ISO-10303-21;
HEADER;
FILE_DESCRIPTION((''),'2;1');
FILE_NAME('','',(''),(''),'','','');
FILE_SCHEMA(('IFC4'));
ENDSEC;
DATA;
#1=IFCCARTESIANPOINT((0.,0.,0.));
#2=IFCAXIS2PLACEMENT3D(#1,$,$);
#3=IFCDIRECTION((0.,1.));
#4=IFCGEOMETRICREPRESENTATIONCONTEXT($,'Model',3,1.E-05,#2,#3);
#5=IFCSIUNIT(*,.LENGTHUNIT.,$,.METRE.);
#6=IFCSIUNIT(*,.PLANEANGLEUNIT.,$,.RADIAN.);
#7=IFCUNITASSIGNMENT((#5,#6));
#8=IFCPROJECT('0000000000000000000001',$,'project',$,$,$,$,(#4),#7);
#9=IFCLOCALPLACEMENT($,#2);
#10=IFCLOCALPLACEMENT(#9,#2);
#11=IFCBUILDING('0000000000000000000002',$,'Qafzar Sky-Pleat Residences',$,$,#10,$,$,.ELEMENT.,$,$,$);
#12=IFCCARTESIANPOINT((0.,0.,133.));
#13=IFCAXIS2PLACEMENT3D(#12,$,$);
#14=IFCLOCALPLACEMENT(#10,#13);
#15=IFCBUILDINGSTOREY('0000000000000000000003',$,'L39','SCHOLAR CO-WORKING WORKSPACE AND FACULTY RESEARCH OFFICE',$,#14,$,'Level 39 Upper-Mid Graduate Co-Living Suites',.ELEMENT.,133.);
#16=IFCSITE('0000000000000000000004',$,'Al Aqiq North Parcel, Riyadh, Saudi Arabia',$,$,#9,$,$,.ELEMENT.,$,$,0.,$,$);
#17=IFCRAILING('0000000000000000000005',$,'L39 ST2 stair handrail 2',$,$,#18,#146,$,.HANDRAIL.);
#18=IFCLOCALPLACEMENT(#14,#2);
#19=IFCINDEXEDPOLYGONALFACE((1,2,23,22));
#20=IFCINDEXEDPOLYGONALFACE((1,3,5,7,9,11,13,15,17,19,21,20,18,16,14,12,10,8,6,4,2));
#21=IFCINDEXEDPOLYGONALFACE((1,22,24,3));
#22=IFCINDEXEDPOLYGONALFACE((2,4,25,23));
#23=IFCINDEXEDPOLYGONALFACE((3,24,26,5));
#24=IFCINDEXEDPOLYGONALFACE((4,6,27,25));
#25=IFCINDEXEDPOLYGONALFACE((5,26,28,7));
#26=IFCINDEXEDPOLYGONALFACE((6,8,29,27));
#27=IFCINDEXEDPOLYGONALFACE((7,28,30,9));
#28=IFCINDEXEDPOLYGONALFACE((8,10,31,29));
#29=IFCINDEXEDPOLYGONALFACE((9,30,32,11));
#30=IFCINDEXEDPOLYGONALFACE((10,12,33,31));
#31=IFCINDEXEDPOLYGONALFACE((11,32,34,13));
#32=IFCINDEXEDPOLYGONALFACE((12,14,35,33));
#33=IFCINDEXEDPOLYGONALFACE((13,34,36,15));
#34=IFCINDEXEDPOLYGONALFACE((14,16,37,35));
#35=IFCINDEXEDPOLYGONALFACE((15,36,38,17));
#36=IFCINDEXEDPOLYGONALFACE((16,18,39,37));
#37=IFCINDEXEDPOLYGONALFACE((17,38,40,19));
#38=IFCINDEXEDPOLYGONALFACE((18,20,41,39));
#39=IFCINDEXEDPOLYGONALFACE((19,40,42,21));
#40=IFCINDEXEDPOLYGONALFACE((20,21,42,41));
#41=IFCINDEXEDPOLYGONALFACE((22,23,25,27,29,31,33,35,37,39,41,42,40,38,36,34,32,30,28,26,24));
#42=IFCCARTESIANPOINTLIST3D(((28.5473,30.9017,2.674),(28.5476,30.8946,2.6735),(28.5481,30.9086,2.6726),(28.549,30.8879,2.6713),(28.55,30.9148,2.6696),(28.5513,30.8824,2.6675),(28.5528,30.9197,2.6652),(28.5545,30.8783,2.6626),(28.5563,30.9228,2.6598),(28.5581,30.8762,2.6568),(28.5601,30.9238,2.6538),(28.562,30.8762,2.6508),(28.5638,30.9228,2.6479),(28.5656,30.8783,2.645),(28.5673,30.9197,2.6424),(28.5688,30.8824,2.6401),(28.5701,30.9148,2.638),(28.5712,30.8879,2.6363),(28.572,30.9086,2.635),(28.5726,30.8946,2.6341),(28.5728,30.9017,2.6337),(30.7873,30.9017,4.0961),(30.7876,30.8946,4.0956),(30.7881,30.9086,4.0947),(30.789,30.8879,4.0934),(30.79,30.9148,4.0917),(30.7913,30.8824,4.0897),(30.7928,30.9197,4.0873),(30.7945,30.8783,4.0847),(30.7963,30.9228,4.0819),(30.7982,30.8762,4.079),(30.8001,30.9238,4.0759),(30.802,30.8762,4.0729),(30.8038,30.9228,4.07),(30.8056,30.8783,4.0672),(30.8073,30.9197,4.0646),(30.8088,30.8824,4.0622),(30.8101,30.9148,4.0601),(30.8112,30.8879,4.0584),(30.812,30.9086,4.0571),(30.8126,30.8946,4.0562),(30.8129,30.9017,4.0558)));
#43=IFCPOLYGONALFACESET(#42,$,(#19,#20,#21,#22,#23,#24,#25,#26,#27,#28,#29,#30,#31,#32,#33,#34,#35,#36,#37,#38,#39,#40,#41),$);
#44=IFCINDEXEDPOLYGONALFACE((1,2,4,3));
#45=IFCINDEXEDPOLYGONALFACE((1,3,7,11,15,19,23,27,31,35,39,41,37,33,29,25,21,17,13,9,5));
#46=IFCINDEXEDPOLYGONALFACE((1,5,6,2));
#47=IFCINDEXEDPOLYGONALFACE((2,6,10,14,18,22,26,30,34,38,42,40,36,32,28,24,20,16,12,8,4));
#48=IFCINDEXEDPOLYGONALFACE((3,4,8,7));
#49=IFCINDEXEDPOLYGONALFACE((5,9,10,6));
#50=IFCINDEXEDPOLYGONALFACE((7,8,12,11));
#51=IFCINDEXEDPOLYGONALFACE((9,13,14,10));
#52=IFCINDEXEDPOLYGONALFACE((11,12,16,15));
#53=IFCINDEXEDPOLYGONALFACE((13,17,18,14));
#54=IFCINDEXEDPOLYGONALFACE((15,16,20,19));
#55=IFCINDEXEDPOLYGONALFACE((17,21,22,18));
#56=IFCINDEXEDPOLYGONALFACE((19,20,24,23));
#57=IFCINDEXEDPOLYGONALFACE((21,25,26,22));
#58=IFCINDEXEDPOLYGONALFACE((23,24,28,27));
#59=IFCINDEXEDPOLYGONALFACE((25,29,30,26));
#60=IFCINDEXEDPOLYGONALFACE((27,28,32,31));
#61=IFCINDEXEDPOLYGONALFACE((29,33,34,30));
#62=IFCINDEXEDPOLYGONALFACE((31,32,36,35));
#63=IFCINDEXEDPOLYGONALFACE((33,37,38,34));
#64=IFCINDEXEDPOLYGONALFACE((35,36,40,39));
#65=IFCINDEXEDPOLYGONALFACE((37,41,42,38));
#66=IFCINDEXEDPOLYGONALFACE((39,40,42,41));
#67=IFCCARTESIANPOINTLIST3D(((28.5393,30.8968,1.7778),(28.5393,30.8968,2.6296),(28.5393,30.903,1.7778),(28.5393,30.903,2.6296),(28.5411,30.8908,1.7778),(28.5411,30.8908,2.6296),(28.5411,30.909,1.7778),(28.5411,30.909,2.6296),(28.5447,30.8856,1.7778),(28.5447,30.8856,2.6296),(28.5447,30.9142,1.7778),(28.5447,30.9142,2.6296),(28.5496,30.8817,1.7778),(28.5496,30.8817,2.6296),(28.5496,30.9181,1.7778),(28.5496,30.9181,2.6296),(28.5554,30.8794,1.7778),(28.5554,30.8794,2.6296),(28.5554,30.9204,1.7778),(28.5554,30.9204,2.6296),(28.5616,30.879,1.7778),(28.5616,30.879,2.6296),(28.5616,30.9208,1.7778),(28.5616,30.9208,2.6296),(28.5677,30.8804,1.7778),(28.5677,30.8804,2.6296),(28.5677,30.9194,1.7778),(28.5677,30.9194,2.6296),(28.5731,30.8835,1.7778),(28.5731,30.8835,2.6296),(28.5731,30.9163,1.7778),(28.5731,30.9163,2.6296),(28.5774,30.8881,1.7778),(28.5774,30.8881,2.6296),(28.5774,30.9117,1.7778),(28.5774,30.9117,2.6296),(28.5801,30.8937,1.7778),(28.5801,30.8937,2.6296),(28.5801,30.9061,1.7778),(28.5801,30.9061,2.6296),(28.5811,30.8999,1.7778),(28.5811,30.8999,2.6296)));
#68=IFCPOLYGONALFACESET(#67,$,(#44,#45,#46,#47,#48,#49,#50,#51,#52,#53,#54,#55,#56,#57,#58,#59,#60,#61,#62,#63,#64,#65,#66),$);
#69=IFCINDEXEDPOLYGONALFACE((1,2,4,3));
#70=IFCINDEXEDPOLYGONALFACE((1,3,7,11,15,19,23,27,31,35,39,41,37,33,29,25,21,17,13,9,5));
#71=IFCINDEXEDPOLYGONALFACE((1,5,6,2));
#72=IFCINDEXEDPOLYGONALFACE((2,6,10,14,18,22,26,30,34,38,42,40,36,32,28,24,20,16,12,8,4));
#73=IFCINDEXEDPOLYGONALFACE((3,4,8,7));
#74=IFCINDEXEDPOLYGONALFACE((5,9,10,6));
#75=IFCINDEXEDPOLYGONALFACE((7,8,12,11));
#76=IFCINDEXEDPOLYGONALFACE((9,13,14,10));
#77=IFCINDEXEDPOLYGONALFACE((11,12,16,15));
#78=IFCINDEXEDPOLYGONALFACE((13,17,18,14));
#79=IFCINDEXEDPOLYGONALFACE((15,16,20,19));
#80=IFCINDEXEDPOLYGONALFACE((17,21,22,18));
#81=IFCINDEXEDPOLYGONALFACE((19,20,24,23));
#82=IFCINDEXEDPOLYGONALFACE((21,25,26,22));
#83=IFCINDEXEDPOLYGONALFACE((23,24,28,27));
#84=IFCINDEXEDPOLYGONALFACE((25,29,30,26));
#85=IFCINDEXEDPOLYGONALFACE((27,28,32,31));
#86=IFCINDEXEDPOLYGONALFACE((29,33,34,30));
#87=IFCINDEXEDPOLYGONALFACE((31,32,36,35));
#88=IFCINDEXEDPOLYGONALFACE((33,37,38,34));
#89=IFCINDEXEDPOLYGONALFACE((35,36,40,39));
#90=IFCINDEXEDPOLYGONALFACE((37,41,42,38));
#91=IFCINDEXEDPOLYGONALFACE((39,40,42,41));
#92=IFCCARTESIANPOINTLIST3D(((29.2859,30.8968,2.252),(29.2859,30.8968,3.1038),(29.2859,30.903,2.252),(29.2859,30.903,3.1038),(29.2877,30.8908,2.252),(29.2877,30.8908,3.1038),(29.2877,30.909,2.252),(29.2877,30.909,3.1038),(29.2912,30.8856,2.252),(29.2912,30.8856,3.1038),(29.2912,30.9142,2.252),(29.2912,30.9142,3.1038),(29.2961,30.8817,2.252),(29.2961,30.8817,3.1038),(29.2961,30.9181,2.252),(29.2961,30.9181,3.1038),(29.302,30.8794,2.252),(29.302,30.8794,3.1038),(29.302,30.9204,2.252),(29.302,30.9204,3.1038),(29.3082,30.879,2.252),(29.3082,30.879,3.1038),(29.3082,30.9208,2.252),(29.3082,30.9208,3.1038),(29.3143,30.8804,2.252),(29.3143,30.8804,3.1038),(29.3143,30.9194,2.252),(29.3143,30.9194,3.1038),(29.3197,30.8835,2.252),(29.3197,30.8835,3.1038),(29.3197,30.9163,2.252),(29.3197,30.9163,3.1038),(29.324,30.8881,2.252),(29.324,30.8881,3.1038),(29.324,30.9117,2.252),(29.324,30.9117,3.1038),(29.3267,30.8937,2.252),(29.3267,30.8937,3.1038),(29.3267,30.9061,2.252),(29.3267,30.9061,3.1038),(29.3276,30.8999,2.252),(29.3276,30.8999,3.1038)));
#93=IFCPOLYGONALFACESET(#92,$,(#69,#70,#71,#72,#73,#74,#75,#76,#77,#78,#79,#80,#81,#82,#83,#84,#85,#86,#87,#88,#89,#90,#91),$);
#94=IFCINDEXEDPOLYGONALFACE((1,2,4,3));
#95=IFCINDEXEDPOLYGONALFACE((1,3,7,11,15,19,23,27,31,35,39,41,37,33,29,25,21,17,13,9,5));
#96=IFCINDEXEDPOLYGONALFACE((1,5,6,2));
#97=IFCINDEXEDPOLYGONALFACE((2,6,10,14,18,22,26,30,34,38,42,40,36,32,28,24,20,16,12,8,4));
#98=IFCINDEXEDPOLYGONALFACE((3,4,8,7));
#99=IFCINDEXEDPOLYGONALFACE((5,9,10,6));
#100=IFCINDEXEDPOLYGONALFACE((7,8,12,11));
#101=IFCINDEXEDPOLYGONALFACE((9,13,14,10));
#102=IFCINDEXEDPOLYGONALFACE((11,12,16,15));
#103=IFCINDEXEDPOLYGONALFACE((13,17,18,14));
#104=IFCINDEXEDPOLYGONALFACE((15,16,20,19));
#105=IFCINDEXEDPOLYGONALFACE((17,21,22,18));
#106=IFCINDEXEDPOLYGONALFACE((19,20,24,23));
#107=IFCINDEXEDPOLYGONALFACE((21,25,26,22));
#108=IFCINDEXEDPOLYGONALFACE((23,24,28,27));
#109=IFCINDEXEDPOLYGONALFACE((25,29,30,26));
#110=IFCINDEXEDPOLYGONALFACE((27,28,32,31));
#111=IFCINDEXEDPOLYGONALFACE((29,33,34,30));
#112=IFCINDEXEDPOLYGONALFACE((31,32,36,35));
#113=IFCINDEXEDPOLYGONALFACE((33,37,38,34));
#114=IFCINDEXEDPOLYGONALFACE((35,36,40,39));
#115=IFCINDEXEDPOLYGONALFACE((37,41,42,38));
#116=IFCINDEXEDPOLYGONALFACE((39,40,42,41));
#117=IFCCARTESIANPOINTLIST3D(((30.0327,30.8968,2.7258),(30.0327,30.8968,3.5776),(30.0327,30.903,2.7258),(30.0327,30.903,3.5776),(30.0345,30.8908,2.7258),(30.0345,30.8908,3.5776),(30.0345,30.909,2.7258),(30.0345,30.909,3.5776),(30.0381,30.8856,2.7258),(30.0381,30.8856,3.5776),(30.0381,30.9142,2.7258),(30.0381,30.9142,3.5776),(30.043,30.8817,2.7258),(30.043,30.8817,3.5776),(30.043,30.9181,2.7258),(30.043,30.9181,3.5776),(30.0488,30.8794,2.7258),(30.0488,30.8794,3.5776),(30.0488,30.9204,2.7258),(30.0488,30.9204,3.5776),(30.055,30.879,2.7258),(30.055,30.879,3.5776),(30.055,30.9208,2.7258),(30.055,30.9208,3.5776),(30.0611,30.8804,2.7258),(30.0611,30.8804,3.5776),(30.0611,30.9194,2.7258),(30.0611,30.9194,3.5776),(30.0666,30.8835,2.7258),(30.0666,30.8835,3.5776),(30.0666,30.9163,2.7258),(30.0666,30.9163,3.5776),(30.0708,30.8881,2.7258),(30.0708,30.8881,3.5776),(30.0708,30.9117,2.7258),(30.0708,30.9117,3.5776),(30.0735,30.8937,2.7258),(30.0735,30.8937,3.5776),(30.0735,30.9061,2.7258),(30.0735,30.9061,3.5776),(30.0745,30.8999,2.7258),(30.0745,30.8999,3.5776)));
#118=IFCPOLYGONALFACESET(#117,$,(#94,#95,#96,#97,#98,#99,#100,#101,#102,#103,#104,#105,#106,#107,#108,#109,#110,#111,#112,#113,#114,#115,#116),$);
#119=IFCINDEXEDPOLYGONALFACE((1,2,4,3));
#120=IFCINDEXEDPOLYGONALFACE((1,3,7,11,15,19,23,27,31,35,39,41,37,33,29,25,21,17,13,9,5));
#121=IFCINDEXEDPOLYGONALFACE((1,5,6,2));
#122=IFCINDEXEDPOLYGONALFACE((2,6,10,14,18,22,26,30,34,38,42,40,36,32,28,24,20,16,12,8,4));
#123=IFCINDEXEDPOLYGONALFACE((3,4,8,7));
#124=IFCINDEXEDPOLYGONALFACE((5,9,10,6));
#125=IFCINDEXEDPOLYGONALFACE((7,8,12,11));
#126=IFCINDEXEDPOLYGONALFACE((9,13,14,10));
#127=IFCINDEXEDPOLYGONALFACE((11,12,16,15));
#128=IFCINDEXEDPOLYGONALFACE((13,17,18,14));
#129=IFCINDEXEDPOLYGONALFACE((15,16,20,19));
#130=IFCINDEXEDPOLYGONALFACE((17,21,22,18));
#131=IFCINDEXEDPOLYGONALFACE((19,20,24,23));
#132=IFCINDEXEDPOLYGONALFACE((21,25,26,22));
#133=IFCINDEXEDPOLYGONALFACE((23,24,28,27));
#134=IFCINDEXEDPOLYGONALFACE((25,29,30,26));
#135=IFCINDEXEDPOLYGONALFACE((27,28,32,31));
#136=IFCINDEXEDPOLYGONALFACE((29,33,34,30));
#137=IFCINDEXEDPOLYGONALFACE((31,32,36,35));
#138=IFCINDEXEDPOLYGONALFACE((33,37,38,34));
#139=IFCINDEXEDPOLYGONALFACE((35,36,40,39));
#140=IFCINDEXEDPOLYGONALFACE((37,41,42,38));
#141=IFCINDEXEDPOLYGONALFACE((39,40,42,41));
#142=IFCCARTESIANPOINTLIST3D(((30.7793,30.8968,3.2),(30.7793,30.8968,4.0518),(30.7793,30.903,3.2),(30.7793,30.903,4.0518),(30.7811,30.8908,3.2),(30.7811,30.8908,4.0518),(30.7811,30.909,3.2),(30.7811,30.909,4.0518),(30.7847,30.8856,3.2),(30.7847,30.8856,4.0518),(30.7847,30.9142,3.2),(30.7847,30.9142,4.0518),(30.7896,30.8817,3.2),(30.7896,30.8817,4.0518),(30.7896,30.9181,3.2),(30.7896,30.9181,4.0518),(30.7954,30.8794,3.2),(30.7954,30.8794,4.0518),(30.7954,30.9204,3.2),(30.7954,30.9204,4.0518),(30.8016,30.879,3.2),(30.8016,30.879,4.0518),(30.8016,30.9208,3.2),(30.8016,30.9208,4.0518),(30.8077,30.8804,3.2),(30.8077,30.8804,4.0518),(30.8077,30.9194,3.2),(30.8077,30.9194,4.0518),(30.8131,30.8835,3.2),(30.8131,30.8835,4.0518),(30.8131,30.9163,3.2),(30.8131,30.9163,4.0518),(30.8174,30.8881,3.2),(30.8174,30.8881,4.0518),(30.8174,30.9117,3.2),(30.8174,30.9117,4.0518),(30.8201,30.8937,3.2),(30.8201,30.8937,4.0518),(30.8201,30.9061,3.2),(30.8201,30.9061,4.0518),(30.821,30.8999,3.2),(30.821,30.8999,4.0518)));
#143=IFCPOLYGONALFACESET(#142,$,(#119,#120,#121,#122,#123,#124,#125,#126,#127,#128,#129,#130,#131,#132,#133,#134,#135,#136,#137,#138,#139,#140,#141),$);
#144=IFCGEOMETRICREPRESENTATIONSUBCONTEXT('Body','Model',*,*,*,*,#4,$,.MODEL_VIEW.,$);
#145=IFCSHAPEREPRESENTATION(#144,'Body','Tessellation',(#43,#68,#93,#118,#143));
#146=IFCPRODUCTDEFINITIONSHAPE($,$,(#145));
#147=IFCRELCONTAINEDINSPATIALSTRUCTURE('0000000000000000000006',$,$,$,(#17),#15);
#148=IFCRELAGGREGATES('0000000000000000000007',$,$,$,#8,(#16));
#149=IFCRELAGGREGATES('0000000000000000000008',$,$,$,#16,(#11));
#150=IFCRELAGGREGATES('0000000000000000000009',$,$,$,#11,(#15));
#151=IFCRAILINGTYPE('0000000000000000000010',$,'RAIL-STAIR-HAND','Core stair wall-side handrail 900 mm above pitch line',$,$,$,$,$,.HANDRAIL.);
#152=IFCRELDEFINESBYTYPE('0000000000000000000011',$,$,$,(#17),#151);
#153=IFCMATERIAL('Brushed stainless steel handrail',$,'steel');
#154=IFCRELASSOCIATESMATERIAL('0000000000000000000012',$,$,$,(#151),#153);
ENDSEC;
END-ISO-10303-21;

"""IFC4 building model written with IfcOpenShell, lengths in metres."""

from ifc_helpers import new_model, si_unit, direction, frame, origin, origin_2d, place, context, subcontext, project, spatial, circle, extrude, source, transform, mapped, material, type_object, element, save


model = new_model("IFC4")

# Units and contexts
model_context = context("Model", 3, precision=1e-05, world=origin(), true_north=direction((0.0, 1.0)))
body_context = subcontext(model_context, "Body", "Model", "MODEL_VIEW")
ifc_project = project(units=[si_unit("LENGTHUNIT", "METRE"), si_unit("PLANEANGLEUNIT", "RADIAN")], contexts=[model_context])

# Site, building, storey
site_placement = place(None, origin())
site = spatial("IfcSite", under=ifc_project, at=site_placement, Name="Al Aqiq North Parcel, Riyadh, Saudi Arabia", CompositionType="ELEMENT", RefElevation=0.0)
building_placement = place(site_placement, origin())
building = spatial("IfcBuilding", under=site, at=building_placement, Name="Qafzar Sky-Pleat Residences", CompositionType="ELEMENT")
storey_placement = place(building_placement, frame((0.0, 0.0, 133.0)))
storey = spatial("IfcBuildingStorey", under=building, at=storey_placement, Name="L39", Description="SCHOLAR CO-WORKING WORKSPACE AND FACULTY RESEARCH OFFICE", LongName="Level 39 Upper-Mid Graduate Co-Living Suites", CompositionType="ELEMENT", Elevation=133.0)

# Railing
ifc_material_1 = material(Name="Brushed stainless steel handrail", Category="steel")
railing_type_1 = type_object("IfcRailingType", Name="RAIL-STAIR-HAND", Description="Core stair wall-side handrail 900 mm above pitch line", PredefinedType="HANDRAIL", material=ifc_material_1)
shared_shape_1 = source(origin(), body_context, "Body", "SweptSolid", [
    extrude(circle(Radius=0.0239, at=origin_2d()), frame((0.0, 0.0, 0.876), z_axis=(0.844229, 0.0, 0.535982), x_axis=(0.0, 1.0, 0.0)), (0.0, 0.0, 1.0), 2.6533),
    extrude(circle(Radius=0.021, at=origin_2d()), origin(), (0.0, 0.0, 1.0), 0.8518),
    extrude(circle(Radius=0.021, at=origin_2d()), frame((0.7466, 0.0, 0.4741)), (0.0, 0.0, 1.0), 0.8518),
    extrude(circle(Radius=0.021, at=origin_2d()), frame((1.4934, 0.0, 0.948)), (0.0, 0.0, 1.0), 0.8518),
    extrude(circle(Radius=0.021, at=origin_2d()), frame((2.24, 0.0, 1.4221)), (0.0, 0.0, 1.0), 0.8518),
])
railing_1_placement = place(storey_placement, frame((28.5601, 30.8999, 1.7778)))
element("IfcRailing", 1, at=railing_1_placement, inside=storey, type_object=railing_type_1, Name="L39 ST2 stair handrail 2", PredefinedType="HANDRAIL", context=body_context, shape_type="MappedRepresentation", body=[
    mapped(shared_shape_1, transform((0.0, 0.0, 0.0), x_axis=(1.0, 0.0, 0.0), y_axis=(0.0, 1.0, 0.0), z_axis=(0.0, 0.0, 1.0), scale=1.0)),
])

save(model, "model.ifc")
